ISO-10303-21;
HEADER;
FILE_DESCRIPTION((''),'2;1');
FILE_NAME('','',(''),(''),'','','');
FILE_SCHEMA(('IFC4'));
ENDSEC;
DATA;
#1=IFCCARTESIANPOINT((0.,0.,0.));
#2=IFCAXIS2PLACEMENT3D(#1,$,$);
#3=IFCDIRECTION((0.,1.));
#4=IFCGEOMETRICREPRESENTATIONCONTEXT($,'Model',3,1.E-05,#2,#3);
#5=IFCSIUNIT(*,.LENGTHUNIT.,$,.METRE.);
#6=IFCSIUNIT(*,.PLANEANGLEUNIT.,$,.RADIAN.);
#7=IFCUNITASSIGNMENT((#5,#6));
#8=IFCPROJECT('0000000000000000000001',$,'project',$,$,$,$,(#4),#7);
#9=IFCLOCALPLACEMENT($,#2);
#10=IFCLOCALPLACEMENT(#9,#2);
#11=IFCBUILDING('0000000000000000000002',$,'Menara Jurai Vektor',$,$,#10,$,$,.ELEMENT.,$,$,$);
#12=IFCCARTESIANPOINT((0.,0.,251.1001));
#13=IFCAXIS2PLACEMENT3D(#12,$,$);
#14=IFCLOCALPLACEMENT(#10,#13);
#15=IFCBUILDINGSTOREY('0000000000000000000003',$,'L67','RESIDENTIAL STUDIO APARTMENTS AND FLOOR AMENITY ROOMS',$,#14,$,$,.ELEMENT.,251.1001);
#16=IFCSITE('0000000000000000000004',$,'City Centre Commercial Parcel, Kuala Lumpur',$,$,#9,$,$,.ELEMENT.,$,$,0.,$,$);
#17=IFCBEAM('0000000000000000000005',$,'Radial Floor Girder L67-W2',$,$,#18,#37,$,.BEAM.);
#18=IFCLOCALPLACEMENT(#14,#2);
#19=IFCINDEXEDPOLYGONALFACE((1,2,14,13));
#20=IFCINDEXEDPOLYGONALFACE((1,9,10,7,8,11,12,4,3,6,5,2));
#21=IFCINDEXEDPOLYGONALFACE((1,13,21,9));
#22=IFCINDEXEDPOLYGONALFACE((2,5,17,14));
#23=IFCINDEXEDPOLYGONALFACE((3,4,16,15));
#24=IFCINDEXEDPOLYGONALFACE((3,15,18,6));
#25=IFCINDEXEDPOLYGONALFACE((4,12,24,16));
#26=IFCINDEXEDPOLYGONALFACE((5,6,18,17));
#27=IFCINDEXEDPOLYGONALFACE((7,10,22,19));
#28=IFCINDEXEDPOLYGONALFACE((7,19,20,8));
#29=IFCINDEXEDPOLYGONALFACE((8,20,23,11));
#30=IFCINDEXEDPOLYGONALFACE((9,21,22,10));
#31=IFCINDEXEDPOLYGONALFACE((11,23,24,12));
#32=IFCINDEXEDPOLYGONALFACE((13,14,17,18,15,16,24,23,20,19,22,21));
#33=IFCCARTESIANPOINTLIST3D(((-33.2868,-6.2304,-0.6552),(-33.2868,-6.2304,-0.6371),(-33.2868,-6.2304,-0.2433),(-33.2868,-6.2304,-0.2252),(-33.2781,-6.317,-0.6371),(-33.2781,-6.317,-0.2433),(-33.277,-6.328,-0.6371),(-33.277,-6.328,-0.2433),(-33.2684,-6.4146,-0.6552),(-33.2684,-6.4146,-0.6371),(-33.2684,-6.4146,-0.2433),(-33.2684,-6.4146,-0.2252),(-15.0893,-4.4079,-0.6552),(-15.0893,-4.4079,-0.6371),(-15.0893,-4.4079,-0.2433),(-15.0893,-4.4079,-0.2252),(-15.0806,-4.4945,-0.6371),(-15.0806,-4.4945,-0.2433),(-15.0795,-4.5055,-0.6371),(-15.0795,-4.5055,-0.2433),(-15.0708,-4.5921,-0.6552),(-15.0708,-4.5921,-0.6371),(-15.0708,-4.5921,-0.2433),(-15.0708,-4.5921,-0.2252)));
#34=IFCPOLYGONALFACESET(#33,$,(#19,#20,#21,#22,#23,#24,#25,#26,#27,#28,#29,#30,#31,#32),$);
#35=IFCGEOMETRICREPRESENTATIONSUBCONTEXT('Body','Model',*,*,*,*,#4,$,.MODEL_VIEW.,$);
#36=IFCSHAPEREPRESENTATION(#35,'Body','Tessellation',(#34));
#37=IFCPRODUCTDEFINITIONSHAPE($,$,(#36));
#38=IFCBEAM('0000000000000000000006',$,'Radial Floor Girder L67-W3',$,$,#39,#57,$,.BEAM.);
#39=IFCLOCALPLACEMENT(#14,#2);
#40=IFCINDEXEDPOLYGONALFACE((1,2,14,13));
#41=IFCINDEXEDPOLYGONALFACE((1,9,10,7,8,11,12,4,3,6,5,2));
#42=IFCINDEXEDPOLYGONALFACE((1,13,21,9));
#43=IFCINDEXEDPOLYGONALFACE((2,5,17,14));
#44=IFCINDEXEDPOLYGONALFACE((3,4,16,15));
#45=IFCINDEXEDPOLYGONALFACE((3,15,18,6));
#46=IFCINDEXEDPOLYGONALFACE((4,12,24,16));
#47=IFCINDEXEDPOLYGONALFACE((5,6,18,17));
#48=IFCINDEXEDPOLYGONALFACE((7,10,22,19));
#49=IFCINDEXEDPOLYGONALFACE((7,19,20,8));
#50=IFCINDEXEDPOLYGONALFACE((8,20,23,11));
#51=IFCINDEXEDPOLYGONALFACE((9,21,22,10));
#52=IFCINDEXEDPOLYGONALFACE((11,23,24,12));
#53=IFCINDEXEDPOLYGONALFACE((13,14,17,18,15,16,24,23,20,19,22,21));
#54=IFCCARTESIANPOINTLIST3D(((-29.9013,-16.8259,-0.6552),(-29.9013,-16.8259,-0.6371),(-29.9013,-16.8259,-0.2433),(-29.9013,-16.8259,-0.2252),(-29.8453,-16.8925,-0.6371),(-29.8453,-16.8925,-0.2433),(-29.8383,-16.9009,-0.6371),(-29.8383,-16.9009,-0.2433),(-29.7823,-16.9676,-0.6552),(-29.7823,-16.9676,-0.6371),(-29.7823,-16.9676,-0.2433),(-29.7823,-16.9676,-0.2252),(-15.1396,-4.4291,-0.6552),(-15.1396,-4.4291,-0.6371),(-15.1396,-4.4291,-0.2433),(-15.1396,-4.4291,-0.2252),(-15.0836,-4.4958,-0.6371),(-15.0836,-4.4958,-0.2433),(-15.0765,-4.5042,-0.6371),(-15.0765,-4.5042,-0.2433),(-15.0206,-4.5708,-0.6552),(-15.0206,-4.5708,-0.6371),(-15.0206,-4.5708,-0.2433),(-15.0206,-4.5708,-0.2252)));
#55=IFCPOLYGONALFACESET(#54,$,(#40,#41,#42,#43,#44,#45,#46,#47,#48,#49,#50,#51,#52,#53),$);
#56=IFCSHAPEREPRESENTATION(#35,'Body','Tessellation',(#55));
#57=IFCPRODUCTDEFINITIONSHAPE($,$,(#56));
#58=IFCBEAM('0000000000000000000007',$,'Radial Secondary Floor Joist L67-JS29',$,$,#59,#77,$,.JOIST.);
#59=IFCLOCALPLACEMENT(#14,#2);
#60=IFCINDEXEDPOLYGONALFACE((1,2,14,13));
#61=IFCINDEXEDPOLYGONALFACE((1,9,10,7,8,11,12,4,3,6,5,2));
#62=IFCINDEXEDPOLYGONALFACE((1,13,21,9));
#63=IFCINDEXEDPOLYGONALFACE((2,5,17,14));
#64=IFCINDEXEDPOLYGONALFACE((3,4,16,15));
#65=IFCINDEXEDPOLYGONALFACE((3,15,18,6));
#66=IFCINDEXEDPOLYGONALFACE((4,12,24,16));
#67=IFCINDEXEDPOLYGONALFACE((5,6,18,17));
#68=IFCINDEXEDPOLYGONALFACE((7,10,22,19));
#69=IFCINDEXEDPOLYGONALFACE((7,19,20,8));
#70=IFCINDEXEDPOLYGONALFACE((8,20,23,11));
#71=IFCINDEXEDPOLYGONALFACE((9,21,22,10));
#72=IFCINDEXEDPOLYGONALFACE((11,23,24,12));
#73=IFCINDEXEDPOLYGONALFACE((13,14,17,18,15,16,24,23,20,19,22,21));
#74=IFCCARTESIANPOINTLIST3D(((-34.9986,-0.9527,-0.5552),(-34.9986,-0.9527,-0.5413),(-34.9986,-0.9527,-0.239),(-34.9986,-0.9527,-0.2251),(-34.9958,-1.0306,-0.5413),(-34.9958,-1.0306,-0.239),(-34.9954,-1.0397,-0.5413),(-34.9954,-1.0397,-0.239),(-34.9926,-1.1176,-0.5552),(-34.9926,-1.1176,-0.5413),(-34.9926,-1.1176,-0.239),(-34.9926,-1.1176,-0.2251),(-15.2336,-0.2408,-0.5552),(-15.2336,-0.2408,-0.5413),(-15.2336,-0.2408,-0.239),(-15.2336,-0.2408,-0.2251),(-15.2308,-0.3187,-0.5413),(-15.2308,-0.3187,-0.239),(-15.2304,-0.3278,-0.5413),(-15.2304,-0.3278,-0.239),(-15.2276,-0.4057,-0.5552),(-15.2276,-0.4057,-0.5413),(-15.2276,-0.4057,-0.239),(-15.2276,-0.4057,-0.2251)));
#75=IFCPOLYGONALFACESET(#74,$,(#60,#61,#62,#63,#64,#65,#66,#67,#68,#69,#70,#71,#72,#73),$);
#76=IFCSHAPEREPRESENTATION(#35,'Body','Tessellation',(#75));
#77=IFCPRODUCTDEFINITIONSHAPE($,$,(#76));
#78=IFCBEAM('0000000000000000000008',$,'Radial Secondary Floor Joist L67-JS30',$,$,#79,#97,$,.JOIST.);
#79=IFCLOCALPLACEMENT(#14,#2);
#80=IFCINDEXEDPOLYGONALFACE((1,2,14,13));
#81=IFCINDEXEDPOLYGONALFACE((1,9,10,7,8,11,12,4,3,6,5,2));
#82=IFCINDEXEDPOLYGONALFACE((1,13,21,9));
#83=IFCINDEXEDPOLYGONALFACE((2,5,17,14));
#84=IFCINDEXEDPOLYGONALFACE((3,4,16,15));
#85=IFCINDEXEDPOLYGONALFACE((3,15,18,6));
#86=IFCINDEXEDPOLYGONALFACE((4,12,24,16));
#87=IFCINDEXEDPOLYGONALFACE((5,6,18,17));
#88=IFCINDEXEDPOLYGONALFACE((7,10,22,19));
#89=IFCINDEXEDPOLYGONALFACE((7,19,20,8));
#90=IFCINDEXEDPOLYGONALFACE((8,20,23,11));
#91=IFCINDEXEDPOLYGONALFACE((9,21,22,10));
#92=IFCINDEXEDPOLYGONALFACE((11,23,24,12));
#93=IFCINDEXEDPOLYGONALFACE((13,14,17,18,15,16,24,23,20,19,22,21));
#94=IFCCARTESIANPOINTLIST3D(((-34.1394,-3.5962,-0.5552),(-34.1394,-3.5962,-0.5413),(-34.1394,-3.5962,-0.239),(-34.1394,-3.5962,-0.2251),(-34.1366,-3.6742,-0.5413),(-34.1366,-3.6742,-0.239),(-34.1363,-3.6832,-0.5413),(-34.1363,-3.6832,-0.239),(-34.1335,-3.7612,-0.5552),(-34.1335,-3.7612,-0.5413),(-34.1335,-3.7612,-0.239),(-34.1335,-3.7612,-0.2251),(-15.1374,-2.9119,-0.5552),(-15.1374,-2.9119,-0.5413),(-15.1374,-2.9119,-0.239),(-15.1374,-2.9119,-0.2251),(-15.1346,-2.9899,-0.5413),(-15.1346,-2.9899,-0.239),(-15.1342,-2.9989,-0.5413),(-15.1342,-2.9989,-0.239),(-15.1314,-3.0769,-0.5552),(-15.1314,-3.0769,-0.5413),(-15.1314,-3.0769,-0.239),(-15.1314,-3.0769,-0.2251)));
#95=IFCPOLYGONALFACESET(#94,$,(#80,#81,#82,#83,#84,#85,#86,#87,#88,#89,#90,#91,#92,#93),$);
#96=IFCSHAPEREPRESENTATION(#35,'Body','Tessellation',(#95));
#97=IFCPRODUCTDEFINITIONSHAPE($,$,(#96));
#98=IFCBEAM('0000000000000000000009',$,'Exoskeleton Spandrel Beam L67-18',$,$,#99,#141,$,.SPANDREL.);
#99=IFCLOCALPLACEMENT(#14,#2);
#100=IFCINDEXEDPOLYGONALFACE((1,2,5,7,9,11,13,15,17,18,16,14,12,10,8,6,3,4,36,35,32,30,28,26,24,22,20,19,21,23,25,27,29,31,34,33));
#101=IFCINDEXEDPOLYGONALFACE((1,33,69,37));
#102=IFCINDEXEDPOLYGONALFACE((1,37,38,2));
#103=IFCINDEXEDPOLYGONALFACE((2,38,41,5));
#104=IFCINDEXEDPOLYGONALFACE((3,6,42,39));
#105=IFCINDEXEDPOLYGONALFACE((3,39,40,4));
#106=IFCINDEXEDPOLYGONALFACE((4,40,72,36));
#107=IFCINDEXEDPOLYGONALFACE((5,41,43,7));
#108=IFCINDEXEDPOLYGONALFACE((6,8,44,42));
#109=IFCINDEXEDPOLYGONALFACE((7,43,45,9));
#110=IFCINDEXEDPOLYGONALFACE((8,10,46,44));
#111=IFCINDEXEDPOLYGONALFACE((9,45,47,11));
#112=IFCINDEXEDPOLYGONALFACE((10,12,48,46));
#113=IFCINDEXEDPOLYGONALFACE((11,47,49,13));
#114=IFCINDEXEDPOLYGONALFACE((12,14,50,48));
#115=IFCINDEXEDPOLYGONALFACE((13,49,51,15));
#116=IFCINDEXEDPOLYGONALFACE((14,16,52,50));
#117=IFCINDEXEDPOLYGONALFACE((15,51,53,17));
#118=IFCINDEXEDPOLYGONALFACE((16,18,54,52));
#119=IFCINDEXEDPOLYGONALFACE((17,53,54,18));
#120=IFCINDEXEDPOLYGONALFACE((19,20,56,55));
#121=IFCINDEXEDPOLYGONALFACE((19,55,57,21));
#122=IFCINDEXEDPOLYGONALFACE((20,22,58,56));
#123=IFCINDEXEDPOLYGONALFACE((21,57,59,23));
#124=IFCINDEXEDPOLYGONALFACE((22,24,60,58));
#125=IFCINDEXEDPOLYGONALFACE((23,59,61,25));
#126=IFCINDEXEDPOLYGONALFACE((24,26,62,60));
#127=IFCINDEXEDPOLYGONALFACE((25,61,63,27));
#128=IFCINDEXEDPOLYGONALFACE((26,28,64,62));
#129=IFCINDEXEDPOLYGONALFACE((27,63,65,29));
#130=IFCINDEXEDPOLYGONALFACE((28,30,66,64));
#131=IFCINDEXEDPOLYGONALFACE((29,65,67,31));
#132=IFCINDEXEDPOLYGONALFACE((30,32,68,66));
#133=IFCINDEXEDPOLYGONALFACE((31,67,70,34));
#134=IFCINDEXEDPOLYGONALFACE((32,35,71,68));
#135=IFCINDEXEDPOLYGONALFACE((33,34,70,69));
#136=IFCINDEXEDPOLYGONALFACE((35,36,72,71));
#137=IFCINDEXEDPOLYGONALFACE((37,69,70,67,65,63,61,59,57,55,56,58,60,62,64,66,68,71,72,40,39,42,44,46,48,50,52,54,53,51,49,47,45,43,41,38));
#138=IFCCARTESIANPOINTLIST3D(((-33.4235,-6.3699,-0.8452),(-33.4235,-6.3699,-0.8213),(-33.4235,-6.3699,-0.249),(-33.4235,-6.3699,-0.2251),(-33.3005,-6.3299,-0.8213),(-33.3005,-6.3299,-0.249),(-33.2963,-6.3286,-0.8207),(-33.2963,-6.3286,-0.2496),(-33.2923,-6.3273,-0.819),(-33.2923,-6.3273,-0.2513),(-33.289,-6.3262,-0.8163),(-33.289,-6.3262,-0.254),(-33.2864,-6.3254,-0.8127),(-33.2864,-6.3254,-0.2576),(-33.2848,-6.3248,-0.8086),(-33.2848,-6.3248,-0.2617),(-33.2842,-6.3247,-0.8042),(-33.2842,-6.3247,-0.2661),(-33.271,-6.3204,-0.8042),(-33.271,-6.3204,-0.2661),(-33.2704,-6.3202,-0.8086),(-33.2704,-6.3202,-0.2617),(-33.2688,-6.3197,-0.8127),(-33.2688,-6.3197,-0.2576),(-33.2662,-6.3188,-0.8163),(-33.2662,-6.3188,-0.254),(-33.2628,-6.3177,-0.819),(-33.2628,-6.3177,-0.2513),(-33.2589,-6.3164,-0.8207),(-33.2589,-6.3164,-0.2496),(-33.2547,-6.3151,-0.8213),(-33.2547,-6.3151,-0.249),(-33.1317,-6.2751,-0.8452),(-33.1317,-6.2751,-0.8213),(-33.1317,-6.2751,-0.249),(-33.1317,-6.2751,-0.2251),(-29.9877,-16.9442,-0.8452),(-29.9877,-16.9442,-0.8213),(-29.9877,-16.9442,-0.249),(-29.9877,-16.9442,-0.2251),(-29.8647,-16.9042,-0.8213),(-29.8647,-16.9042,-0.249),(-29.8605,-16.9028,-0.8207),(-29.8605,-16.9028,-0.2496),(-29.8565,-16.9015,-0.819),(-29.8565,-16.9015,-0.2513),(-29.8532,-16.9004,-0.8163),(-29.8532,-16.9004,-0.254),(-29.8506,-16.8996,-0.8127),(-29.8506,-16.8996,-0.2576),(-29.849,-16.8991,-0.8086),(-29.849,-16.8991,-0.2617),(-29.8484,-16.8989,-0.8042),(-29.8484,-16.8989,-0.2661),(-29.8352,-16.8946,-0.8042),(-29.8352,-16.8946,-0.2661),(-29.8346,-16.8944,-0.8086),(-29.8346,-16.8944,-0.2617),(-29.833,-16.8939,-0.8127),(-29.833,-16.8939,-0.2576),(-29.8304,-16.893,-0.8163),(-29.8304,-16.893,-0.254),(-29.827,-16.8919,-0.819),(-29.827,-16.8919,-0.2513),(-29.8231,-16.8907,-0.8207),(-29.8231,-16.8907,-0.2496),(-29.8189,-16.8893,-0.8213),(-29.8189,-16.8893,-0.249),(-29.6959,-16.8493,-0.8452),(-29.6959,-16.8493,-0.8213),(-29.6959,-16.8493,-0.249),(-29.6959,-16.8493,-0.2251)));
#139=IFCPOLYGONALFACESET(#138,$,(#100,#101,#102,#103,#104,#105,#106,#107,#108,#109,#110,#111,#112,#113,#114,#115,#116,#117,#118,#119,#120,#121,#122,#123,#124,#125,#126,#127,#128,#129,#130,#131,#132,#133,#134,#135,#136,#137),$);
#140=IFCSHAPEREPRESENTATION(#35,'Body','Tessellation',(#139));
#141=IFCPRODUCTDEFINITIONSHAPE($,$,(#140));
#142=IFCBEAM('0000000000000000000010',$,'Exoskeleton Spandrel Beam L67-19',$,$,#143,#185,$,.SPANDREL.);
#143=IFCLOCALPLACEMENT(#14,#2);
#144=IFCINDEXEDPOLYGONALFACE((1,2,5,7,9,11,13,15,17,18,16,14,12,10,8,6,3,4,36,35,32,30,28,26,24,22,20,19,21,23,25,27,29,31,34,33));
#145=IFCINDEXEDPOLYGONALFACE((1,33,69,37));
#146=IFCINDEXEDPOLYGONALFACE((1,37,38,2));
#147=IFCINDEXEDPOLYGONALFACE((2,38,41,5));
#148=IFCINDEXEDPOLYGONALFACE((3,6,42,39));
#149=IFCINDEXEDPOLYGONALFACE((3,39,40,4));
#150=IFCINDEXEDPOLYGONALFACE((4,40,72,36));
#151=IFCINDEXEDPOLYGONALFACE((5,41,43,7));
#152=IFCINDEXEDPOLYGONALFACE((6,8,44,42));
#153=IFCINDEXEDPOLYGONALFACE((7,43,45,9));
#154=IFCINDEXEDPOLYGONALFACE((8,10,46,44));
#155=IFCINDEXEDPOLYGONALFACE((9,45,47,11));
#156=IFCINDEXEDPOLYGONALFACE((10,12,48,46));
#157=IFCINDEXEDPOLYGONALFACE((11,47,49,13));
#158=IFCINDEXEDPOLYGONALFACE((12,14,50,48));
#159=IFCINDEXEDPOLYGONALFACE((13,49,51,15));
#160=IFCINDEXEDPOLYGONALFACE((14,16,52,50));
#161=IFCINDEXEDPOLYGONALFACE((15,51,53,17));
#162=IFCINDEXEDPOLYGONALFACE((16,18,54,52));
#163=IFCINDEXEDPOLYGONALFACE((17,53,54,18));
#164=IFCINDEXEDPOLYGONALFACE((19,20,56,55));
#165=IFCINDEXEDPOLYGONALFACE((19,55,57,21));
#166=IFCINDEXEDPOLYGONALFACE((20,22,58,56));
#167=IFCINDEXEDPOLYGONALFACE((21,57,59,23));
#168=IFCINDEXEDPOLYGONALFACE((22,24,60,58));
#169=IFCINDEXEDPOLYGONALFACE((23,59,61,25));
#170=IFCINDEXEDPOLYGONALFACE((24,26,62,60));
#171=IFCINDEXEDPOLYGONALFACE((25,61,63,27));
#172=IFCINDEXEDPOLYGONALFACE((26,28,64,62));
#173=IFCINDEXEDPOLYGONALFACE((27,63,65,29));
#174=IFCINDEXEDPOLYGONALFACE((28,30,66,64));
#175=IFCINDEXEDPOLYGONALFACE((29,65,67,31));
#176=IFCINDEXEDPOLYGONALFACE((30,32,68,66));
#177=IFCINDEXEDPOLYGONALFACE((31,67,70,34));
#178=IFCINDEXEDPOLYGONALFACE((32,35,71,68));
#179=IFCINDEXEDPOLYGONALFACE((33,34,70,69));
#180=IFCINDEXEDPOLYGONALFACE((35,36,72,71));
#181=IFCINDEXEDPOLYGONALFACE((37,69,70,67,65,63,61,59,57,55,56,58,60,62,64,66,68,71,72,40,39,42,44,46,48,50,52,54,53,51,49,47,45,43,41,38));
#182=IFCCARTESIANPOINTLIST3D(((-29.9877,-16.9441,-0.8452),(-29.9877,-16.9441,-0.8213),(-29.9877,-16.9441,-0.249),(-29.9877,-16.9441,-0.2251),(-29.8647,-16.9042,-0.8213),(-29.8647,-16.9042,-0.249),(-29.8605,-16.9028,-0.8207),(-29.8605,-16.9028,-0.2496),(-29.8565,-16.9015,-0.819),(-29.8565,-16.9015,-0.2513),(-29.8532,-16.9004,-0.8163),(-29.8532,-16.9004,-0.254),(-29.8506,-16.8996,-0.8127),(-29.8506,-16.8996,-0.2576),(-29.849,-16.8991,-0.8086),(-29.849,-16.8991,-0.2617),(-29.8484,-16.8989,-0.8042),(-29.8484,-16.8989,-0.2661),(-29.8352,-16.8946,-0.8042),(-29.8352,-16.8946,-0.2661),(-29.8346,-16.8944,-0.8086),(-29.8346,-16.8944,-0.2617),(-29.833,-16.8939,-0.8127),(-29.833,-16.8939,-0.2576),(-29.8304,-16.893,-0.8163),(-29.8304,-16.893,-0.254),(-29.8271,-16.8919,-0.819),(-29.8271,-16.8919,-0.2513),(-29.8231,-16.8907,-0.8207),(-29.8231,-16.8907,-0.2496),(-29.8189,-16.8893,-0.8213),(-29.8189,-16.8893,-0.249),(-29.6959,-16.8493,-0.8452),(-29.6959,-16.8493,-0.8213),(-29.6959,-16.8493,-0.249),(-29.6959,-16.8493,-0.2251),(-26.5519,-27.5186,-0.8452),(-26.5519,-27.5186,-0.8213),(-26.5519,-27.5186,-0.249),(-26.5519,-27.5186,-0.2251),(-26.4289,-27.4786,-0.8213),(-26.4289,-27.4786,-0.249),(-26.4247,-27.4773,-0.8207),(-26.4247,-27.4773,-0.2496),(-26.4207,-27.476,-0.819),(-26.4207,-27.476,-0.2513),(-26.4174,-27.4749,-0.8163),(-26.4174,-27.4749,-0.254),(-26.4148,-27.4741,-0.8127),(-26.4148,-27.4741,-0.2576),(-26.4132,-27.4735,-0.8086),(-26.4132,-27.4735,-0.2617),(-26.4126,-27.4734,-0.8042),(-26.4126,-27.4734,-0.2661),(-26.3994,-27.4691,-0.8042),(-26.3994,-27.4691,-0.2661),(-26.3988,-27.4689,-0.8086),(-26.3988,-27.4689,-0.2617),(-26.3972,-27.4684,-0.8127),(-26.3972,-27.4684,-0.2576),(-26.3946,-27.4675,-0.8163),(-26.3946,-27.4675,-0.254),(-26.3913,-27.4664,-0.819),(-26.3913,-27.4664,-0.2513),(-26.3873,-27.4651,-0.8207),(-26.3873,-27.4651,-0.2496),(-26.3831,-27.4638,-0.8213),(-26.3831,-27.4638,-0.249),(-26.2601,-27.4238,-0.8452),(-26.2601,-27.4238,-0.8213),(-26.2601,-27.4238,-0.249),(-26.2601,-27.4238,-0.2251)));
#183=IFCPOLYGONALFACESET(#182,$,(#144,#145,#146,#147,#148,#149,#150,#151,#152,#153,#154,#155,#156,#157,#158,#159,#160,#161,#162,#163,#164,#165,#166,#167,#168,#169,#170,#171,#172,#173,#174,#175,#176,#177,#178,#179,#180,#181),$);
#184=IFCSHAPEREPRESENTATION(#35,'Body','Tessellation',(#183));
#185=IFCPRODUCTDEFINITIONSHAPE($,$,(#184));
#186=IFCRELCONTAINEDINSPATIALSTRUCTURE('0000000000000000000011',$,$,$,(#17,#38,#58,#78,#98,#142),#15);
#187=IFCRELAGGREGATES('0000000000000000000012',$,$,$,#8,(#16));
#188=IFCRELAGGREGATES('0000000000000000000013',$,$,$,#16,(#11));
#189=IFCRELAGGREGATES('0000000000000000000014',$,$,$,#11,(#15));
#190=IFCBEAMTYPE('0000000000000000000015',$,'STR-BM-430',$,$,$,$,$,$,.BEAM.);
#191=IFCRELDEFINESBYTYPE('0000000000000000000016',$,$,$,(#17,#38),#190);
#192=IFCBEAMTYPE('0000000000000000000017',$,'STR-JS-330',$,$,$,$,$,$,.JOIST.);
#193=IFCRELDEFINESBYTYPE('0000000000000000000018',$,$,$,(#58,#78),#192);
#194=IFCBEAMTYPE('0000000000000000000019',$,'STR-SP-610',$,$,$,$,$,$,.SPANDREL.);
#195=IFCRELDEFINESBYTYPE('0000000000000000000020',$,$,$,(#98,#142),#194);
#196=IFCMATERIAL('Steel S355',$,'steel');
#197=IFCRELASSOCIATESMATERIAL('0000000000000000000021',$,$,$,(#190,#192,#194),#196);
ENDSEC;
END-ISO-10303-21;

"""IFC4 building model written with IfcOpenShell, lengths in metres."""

from ifc_helpers import new_model, si_unit, direction, frame, origin, origin_2d, place, context, subcontext, project, spatial, i_section, extrude, material, material_profile, profile_set, type_object, element, save


model = new_model("IFC4")

# Units and contexts
model_context = context("Model", 3, precision=1e-05, world=origin(), true_north=direction((0.0, 1.0)))
body_context = subcontext(model_context, "Body", "Model", "MODEL_VIEW")
ifc_project = project(units=[si_unit("LENGTHUNIT", "METRE"), si_unit("PLANEANGLEUNIT", "RADIAN")], contexts=[model_context])

# Site, building, storey
site_placement = place(None, origin())
site = spatial("IfcSite", under=ifc_project, at=site_placement, Name="City Centre Commercial Parcel, Kuala Lumpur", CompositionType="ELEMENT", RefElevation=0.0)
building_placement = place(site_placement, origin())
building = spatial("IfcBuilding", under=site, at=building_placement, Name="Menara Jurai Vektor", CompositionType="ELEMENT")
storey_placement = place(building_placement, frame((0.0, 0.0, 251.1001)))
storey = spatial("IfcBuildingStorey", under=building, at=storey_placement, Name="L67", Description="RESIDENTIAL STUDIO APARTMENTS AND FLOOR AMENITY ROOMS", CompositionType="ELEMENT", Elevation=251.1001)

# Beams
ifc_material_1 = material(Name="Steel S355", Category="steel")
ifc_material_profile_1 = material_profile(ifc_material_1, i_section(OverallWidth=0.1851, OverallDepth=0.4299, WebThickness=0.011, FlangeThickness=0.0181, at=origin_2d()), Name="PG 430x185x76")
ifc_profile_set_1 = profile_set([ifc_material_profile_1], Name="Steel S355")
beam_type_1 = type_object("IfcBeamType", Name="STR-BM-430", PredefinedType="BEAM", material=ifc_profile_set_1)
beam_1_placement = place(storey_placement, frame((-33.2776, -6.3225, -0.4402), z_axis=(0.995022, 0.099653, 0.0), x_axis=(-0.099653, 0.995022, 0.0)))
element("IfcBeam", 1, at=beam_1_placement, inside=storey, type_object=beam_type_1, Name="Radial Floor Girder L67-W2", PredefinedType="BEAM", context=body_context, shape_type="SweptSolid", body=[
    extrude(i_section(OverallWidth=0.1851, OverallDepth=0.4299, WebThickness=0.011, FlangeThickness=0.0181, at=origin_2d()), origin(), (0.0, 0.0, 1.0), 18.2886),
])
beam_2_placement = place(storey_placement, frame((-29.8418, -16.8967, -0.4402), z_axis=(0.765784, 0.643097, 0.0), x_axis=(-0.643097, 0.765784, 0.0)))
element("IfcBeam", 2, at=beam_2_placement, inside=storey, type_object=beam_type_1, Name="Radial Floor Girder L67-W3", PredefinedType="BEAM", context=body_context, shape_type="SweptSolid", body=[
    extrude(i_section(OverallWidth=0.1851, OverallDepth=0.4299, WebThickness=0.011, FlangeThickness=0.0181, at=origin_2d()), origin(), (0.0, 0.0, 1.0), 19.2766),
])
ifc_material_profile_2 = material_profile(ifc_material_1, i_section(OverallWidth=0.165, OverallDepth=0.3301, WebThickness=0.009, FlangeThickness=0.0139, at=origin_2d()), Name="PG 330x165x46")
ifc_profile_set_2 = profile_set([ifc_material_profile_2], Name="Steel S355")
beam_type_2 = type_object("IfcBeamType", Name="STR-JS-330", PredefinedType="JOIST", material=ifc_profile_set_2)
beam_3_placement = place(storey_placement, frame((-34.9956, -1.0352, -0.3901), z_axis=(0.999352, 0.035995, 0.0), x_axis=(-0.035995, 0.999352, 0.0)))
element("IfcBeam", 3, at=beam_3_placement, inside=storey, type_object=beam_type_2, Name="Radial Secondary Floor Joist L67-JS29", PredefinedType="JOIST", context=body_context, shape_type="SweptSolid", body=[
    extrude(i_section(OverallWidth=0.165, OverallDepth=0.3301, WebThickness=0.009, FlangeThickness=0.0139, at=origin_2d()), origin(), (0.0, 0.0, 1.0), 19.7778),
])
beam_4_placement = place(storey_placement, frame((-34.1365, -3.6787, -0.3901), z_axis=(0.999352, 0.03599, 0.0), x_axis=(-0.03599, 0.999352, 0.0)))
element("IfcBeam", 4, at=beam_4_placement, inside=storey, type_object=beam_type_2, Name="Radial Secondary Floor Joist L67-JS30", PredefinedType="JOIST", context=body_context, shape_type="SweptSolid", body=[
    extrude(i_section(OverallWidth=0.165, OverallDepth=0.3301, WebThickness=0.009, FlangeThickness=0.0139, at=origin_2d()), origin(), (0.0, 0.0, 1.0), 19.0144),
])
ifc_material_profile_3 = material_profile(ifc_material_1, i_section(OverallWidth=0.3069, OverallDepth=0.6201, WebThickness=0.0139, FlangeThickness=0.0239, FilletRadius=0.0171, at=origin_2d()), Name="UKB 610x305x179")
ifc_profile_set_3 = profile_set([ifc_material_profile_3], Name="Steel S355")
beam_type_3 = type_object("IfcBeamType", Name="STR-SP-610", PredefinedType="SPANDREL", material=ifc_profile_set_3)
beam_5_placement = place(storey_placement, frame((-33.2776, -6.3225, -0.5352), z_axis=(0.309019, -0.951056, 0.0), x_axis=(0.951056, 0.309019, 0.0)))
element("IfcBeam", 5, at=beam_5_placement, inside=storey, type_object=beam_type_3, Name="Exoskeleton Spandrel Beam L67-18", PredefinedType="SPANDREL", context=body_context, shape_type="SweptSolid", body=[
    extrude(i_section(OverallWidth=0.3069, OverallDepth=0.6201, WebThickness=0.0139, FlangeThickness=0.0239, FilletRadius=0.0171, at=origin_2d()), origin(), (0.0, 0.0, 1.0), 11.1184),
])
beam_6_placement = place(storey_placement, frame((-29.8418, -16.8967, -0.5352), z_axis=(0.309012, -0.951058, 0.0), x_axis=(0.951058, 0.309012, 0.0)))
element("IfcBeam", 6, at=beam_6_placement, inside=storey, type_object=beam_type_3, Name="Exoskeleton Spandrel Beam L67-19", PredefinedType="SPANDREL", context=body_context, shape_type="SweptSolid", body=[
    extrude(i_section(OverallWidth=0.3069, OverallDepth=0.6201, WebThickness=0.0139, FlangeThickness=0.0239, FilletRadius=0.0171, at=origin_2d()), origin(), (0.0, 0.0, 1.0), 11.1187),
])

save(model, "model.ifc")
